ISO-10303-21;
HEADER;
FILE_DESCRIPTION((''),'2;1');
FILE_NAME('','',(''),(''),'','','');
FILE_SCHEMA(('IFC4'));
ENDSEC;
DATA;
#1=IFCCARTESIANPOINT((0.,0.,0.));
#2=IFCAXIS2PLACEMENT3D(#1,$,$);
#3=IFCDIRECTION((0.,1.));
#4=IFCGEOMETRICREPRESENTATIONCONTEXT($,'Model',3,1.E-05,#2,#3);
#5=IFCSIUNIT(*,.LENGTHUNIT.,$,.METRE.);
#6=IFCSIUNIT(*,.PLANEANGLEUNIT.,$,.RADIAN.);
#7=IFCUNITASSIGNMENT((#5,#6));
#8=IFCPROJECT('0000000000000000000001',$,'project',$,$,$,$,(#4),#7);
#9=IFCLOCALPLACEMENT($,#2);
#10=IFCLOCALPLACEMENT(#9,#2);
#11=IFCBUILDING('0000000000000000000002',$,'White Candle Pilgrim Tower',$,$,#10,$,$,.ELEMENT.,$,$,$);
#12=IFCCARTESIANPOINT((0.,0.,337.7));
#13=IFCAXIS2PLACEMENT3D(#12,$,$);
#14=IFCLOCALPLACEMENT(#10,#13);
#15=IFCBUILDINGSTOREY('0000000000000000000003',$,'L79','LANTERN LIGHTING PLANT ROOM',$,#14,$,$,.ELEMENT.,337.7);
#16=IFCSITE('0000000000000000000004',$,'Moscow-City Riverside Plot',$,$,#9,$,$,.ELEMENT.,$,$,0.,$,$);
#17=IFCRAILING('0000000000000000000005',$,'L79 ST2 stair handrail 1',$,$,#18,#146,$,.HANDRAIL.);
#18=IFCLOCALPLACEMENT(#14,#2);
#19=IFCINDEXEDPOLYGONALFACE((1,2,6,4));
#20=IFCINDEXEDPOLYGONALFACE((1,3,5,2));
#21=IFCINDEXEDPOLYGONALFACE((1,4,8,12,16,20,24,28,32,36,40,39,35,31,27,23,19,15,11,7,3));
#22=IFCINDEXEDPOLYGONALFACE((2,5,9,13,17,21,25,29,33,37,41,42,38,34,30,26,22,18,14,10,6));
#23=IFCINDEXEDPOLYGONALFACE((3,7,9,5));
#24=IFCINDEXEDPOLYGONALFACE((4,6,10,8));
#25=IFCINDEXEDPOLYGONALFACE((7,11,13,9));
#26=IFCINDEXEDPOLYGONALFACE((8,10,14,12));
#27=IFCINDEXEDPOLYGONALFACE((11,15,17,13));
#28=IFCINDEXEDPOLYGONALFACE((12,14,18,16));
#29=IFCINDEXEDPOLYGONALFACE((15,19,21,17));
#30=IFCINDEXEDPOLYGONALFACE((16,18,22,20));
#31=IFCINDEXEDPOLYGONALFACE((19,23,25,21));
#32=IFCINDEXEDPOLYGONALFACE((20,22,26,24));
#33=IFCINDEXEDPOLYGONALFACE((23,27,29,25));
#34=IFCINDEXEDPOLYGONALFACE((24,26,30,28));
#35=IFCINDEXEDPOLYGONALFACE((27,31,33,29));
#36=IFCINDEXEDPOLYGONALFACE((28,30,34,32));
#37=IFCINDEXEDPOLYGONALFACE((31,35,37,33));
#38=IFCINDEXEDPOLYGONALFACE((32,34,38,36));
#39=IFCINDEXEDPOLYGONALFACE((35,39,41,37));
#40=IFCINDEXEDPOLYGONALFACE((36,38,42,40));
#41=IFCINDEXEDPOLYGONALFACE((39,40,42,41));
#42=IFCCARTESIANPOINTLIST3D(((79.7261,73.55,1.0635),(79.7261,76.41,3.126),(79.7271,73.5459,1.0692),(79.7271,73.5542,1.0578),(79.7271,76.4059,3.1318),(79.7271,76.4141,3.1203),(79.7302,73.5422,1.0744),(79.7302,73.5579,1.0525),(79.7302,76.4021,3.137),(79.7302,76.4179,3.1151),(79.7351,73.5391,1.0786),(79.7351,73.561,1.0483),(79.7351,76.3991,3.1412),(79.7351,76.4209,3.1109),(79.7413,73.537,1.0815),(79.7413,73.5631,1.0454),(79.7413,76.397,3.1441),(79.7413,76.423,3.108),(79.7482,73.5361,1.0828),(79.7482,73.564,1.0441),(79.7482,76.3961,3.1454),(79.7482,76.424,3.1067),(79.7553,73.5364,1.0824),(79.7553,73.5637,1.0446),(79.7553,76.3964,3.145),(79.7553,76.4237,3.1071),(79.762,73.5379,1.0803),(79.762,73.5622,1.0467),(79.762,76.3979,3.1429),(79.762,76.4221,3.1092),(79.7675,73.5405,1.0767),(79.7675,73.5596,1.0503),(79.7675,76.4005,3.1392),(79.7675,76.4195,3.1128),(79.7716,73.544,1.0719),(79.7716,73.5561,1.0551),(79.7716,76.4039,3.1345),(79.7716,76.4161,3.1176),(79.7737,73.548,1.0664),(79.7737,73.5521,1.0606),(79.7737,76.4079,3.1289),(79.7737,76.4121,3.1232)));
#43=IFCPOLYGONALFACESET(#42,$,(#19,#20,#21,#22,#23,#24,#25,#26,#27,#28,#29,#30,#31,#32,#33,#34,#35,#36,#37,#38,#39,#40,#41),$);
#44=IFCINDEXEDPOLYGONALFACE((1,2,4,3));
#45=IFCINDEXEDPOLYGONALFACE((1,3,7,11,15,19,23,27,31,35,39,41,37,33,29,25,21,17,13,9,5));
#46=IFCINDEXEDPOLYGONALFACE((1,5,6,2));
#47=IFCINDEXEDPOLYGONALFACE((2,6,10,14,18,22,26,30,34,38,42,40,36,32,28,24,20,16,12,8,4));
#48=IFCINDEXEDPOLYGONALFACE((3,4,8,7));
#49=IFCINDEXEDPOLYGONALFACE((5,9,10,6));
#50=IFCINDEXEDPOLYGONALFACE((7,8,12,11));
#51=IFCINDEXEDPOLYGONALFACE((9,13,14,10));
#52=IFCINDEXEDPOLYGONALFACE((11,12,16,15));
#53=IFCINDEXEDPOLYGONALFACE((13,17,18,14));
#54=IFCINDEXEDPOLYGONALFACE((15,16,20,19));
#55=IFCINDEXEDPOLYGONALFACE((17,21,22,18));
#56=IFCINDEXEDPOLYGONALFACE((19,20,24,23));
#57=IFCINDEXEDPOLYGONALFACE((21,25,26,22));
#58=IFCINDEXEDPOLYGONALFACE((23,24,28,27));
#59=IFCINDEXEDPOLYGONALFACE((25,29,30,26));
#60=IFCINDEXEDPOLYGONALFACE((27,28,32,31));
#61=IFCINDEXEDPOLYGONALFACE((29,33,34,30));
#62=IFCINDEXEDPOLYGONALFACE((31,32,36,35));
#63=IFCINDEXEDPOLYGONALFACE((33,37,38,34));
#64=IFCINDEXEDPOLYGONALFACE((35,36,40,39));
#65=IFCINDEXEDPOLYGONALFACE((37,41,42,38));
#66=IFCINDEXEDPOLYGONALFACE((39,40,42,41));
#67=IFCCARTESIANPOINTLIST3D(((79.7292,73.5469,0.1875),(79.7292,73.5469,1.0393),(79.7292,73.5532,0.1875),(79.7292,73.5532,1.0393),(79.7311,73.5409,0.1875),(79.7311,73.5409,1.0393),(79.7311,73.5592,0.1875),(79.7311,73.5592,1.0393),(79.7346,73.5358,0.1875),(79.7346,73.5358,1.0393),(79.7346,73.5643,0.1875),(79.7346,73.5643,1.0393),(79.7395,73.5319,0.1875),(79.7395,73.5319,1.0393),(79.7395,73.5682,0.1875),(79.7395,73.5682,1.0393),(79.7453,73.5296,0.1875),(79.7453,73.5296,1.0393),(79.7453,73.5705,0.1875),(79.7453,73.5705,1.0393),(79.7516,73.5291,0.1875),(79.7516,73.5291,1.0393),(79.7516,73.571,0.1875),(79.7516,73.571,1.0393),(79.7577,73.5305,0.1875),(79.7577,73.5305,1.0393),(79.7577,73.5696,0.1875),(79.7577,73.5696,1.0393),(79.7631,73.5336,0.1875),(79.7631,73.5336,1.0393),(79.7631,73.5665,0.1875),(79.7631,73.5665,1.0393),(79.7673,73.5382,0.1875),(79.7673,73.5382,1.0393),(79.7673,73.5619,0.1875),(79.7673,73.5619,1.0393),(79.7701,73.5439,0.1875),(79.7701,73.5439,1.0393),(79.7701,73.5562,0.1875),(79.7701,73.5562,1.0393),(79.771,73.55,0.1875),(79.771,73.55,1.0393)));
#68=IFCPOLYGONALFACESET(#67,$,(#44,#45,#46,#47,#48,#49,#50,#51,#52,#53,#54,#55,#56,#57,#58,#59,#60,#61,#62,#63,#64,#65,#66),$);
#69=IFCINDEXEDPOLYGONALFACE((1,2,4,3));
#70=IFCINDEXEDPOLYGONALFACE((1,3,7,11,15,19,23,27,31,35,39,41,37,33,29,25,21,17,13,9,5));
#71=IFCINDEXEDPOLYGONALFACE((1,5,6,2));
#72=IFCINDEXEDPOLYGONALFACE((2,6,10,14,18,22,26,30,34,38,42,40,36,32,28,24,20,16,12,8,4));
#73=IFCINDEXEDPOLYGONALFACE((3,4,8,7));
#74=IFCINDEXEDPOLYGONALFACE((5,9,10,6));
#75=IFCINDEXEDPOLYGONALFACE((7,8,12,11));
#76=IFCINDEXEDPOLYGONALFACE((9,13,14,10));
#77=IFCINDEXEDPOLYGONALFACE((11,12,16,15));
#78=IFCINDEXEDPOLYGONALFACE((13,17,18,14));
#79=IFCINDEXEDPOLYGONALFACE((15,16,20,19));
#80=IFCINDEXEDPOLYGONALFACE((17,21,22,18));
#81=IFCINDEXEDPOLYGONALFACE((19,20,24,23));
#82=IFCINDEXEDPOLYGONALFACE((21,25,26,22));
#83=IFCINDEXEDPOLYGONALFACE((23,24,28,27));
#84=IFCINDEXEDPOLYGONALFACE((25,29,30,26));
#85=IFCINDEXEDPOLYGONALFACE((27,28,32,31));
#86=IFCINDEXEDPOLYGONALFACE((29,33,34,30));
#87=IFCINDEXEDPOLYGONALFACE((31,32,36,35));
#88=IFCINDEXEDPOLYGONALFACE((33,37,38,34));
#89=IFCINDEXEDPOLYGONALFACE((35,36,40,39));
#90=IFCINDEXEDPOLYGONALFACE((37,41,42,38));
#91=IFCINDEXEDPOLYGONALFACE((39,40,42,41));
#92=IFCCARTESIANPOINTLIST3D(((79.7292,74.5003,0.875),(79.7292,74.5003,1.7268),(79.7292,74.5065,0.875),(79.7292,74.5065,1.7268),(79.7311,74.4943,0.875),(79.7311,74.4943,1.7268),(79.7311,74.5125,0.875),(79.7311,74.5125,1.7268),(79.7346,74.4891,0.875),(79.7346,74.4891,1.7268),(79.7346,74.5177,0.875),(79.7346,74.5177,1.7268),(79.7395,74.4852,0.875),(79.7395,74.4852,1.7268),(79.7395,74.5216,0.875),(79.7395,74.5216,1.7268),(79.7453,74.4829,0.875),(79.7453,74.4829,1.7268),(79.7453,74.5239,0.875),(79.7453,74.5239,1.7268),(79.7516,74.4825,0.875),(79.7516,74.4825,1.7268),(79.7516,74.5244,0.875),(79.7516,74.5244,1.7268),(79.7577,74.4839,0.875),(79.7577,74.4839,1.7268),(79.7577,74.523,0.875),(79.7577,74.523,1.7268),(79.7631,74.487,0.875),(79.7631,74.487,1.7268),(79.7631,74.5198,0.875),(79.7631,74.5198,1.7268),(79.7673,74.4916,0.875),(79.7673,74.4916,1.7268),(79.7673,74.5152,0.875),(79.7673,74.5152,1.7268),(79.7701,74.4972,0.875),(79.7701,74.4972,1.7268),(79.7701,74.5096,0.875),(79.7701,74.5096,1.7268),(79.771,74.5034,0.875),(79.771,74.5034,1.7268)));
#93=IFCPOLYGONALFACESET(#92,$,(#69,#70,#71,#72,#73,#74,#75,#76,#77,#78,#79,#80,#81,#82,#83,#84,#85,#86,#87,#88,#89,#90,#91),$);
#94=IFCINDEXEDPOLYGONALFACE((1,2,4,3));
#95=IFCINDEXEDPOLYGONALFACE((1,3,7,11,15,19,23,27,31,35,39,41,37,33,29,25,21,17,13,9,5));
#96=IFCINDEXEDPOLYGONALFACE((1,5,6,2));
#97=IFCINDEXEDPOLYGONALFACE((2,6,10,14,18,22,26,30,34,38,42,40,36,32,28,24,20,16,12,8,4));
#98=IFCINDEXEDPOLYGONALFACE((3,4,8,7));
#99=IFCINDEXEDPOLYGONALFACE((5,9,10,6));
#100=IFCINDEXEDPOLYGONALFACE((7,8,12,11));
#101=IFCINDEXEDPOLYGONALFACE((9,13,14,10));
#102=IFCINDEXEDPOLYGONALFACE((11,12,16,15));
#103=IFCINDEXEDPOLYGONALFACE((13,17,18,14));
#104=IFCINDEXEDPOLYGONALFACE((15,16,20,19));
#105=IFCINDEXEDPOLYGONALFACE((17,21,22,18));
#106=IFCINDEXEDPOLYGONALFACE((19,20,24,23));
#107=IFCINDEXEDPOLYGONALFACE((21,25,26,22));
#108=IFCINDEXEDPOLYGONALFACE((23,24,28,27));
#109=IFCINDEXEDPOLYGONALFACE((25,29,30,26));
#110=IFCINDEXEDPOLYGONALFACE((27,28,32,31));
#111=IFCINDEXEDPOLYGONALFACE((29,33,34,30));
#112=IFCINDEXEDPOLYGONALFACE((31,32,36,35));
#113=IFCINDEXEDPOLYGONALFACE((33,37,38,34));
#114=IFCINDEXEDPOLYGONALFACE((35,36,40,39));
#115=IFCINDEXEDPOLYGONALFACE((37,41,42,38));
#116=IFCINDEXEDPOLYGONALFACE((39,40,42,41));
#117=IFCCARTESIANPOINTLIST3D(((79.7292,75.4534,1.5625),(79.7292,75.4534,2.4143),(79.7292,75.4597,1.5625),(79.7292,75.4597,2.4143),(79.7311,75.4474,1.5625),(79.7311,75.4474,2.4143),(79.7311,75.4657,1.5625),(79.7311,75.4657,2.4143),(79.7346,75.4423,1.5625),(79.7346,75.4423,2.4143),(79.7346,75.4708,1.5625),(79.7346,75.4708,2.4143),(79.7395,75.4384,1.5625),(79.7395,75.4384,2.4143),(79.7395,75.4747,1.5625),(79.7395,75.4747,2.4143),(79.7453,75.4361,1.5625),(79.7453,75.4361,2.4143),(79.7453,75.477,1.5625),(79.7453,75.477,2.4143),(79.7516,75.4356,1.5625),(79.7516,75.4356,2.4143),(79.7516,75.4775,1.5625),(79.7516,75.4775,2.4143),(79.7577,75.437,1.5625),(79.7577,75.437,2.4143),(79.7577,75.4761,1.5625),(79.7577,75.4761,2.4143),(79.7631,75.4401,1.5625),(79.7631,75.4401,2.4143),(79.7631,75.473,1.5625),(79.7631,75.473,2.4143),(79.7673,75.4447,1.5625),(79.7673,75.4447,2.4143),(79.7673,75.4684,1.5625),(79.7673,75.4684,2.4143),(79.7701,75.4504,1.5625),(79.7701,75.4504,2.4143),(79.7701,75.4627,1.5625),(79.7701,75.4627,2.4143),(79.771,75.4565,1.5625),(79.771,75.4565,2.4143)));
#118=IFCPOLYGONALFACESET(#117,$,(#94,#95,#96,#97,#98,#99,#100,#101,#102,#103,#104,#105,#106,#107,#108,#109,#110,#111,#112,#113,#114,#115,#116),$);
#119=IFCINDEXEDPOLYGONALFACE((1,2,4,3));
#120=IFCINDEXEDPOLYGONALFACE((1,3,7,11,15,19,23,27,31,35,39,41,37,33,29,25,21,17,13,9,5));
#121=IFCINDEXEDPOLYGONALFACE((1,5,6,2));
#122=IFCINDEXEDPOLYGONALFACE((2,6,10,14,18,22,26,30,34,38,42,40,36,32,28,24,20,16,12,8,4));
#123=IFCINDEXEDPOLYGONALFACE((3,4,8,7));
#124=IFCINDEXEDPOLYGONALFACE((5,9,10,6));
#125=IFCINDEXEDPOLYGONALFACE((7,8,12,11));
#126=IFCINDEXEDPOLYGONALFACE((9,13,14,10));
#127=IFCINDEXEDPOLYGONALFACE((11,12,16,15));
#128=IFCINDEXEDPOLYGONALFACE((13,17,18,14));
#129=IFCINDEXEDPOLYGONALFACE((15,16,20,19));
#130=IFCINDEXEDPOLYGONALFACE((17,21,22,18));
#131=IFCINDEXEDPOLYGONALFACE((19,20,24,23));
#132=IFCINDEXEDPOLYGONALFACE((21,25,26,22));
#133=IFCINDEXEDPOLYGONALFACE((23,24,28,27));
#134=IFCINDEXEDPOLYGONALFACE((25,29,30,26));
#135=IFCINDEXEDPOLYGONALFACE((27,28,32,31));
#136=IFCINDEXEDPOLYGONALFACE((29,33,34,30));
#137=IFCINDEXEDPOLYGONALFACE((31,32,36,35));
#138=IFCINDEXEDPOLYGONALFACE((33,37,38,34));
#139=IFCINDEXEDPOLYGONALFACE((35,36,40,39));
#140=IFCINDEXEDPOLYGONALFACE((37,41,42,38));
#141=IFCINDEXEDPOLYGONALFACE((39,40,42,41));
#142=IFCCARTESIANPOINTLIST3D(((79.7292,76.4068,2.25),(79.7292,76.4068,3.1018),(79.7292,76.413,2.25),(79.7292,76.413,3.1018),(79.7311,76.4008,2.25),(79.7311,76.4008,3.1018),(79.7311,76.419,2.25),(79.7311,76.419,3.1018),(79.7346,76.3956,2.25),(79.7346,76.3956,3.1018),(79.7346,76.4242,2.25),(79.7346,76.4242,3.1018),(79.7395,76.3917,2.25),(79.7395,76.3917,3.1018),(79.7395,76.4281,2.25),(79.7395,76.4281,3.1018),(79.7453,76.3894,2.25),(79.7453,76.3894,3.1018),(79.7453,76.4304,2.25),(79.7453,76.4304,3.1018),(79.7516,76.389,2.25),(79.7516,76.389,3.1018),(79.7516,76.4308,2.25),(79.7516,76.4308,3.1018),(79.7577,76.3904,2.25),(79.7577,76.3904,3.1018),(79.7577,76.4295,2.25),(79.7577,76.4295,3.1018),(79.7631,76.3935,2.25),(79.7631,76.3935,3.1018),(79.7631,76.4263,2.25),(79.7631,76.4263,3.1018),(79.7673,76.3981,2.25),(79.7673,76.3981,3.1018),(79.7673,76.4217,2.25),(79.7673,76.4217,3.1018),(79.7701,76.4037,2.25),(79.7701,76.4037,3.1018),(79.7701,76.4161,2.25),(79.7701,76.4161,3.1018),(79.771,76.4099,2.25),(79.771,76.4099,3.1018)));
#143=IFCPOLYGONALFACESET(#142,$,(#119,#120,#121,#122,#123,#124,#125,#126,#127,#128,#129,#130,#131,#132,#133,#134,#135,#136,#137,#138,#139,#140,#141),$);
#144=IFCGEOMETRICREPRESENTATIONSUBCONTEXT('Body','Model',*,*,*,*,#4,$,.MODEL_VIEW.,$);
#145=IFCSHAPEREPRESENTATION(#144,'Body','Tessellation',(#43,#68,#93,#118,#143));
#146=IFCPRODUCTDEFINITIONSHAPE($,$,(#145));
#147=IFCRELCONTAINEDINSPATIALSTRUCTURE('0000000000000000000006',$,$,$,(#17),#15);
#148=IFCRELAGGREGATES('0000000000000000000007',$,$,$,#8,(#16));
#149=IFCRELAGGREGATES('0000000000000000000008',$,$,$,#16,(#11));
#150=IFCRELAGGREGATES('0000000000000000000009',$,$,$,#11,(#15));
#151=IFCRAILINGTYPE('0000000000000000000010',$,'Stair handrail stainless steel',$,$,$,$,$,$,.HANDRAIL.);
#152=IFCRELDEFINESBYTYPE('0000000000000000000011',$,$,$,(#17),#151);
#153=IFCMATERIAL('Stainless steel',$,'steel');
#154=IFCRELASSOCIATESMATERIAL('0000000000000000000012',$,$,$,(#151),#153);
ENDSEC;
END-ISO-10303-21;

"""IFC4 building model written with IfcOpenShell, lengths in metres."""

from ifc_helpers import new_model, si_unit, direction, frame, origin, origin_2d, place, context, subcontext, project, spatial, circle, extrude, material, type_object, element, save


model = new_model("IFC4")

# Units and contexts
model_context = context("Model", 3, precision=1e-05, world=origin(), true_north=direction((0.0, 1.0)))
body_context = subcontext(model_context, "Body", "Model", "MODEL_VIEW")
ifc_project = project(units=[si_unit("LENGTHUNIT", "METRE"), si_unit("PLANEANGLEUNIT", "RADIAN")], contexts=[model_context])

# Site, building, storey
site_placement = place(None, origin())
site = spatial("IfcSite", under=ifc_project, at=site_placement, Name="Moscow-City Riverside Plot", CompositionType="ELEMENT", RefElevation=0.0)
building_placement = place(site_placement, origin())
building = spatial("IfcBuilding", under=site, at=building_placement, Name="White Candle Pilgrim Tower", CompositionType="ELEMENT")
storey_placement = place(building_placement, frame((0.0, 0.0, 337.7)))
storey = spatial("IfcBuildingStorey", under=building, at=storey_placement, Name="L79", Description="LANTERN LIGHTING PLANT ROOM", CompositionType="ELEMENT", Elevation=337.7)

# Railing
ifc_material_1 = material(Name="Stainless steel", Category="steel")
railing_type_1 = type_object("IfcRailingType", Name="Stair handrail stainless steel", PredefinedType="HANDRAIL", material=ifc_material_1)
railing_1_placement = place(storey_placement, frame((79.75, 73.55, 0.1875)))
element("IfcRailing", 1, at=railing_1_placement, inside=storey, type_object=railing_type_1, Name="L79 ST2 stair handrail 1", PredefinedType="HANDRAIL", context=body_context, shape_type="SweptSolid", body=[
    extrude(circle(Radius=0.0239, at=origin_2d()), frame((0.0, 0.0, 0.876), z_axis=(0.0, 0.811077, 0.584939), x_axis=(-1.0, 0.0, 0.0)), (0.0, 0.0, 1.0), 3.5261),
    extrude(circle(Radius=0.021, at=origin_2d()), origin(), (0.0, 0.0, 1.0), 0.8518),
    extrude(circle(Radius=0.021, at=origin_2d()), frame((0.0, 0.9534, 0.6875)), (0.0, 0.0, 1.0), 0.8518),
    extrude(circle(Radius=0.021, at=origin_2d()), frame((0.0, 1.9065, 1.375)), (0.0, 0.0, 1.0), 0.8518),
    extrude(circle(Radius=0.021, at=origin_2d()), frame((0.0, 2.8599, 2.0625)), (0.0, 0.0, 1.0), 0.8518),
])

save(model, "model.ifc")
